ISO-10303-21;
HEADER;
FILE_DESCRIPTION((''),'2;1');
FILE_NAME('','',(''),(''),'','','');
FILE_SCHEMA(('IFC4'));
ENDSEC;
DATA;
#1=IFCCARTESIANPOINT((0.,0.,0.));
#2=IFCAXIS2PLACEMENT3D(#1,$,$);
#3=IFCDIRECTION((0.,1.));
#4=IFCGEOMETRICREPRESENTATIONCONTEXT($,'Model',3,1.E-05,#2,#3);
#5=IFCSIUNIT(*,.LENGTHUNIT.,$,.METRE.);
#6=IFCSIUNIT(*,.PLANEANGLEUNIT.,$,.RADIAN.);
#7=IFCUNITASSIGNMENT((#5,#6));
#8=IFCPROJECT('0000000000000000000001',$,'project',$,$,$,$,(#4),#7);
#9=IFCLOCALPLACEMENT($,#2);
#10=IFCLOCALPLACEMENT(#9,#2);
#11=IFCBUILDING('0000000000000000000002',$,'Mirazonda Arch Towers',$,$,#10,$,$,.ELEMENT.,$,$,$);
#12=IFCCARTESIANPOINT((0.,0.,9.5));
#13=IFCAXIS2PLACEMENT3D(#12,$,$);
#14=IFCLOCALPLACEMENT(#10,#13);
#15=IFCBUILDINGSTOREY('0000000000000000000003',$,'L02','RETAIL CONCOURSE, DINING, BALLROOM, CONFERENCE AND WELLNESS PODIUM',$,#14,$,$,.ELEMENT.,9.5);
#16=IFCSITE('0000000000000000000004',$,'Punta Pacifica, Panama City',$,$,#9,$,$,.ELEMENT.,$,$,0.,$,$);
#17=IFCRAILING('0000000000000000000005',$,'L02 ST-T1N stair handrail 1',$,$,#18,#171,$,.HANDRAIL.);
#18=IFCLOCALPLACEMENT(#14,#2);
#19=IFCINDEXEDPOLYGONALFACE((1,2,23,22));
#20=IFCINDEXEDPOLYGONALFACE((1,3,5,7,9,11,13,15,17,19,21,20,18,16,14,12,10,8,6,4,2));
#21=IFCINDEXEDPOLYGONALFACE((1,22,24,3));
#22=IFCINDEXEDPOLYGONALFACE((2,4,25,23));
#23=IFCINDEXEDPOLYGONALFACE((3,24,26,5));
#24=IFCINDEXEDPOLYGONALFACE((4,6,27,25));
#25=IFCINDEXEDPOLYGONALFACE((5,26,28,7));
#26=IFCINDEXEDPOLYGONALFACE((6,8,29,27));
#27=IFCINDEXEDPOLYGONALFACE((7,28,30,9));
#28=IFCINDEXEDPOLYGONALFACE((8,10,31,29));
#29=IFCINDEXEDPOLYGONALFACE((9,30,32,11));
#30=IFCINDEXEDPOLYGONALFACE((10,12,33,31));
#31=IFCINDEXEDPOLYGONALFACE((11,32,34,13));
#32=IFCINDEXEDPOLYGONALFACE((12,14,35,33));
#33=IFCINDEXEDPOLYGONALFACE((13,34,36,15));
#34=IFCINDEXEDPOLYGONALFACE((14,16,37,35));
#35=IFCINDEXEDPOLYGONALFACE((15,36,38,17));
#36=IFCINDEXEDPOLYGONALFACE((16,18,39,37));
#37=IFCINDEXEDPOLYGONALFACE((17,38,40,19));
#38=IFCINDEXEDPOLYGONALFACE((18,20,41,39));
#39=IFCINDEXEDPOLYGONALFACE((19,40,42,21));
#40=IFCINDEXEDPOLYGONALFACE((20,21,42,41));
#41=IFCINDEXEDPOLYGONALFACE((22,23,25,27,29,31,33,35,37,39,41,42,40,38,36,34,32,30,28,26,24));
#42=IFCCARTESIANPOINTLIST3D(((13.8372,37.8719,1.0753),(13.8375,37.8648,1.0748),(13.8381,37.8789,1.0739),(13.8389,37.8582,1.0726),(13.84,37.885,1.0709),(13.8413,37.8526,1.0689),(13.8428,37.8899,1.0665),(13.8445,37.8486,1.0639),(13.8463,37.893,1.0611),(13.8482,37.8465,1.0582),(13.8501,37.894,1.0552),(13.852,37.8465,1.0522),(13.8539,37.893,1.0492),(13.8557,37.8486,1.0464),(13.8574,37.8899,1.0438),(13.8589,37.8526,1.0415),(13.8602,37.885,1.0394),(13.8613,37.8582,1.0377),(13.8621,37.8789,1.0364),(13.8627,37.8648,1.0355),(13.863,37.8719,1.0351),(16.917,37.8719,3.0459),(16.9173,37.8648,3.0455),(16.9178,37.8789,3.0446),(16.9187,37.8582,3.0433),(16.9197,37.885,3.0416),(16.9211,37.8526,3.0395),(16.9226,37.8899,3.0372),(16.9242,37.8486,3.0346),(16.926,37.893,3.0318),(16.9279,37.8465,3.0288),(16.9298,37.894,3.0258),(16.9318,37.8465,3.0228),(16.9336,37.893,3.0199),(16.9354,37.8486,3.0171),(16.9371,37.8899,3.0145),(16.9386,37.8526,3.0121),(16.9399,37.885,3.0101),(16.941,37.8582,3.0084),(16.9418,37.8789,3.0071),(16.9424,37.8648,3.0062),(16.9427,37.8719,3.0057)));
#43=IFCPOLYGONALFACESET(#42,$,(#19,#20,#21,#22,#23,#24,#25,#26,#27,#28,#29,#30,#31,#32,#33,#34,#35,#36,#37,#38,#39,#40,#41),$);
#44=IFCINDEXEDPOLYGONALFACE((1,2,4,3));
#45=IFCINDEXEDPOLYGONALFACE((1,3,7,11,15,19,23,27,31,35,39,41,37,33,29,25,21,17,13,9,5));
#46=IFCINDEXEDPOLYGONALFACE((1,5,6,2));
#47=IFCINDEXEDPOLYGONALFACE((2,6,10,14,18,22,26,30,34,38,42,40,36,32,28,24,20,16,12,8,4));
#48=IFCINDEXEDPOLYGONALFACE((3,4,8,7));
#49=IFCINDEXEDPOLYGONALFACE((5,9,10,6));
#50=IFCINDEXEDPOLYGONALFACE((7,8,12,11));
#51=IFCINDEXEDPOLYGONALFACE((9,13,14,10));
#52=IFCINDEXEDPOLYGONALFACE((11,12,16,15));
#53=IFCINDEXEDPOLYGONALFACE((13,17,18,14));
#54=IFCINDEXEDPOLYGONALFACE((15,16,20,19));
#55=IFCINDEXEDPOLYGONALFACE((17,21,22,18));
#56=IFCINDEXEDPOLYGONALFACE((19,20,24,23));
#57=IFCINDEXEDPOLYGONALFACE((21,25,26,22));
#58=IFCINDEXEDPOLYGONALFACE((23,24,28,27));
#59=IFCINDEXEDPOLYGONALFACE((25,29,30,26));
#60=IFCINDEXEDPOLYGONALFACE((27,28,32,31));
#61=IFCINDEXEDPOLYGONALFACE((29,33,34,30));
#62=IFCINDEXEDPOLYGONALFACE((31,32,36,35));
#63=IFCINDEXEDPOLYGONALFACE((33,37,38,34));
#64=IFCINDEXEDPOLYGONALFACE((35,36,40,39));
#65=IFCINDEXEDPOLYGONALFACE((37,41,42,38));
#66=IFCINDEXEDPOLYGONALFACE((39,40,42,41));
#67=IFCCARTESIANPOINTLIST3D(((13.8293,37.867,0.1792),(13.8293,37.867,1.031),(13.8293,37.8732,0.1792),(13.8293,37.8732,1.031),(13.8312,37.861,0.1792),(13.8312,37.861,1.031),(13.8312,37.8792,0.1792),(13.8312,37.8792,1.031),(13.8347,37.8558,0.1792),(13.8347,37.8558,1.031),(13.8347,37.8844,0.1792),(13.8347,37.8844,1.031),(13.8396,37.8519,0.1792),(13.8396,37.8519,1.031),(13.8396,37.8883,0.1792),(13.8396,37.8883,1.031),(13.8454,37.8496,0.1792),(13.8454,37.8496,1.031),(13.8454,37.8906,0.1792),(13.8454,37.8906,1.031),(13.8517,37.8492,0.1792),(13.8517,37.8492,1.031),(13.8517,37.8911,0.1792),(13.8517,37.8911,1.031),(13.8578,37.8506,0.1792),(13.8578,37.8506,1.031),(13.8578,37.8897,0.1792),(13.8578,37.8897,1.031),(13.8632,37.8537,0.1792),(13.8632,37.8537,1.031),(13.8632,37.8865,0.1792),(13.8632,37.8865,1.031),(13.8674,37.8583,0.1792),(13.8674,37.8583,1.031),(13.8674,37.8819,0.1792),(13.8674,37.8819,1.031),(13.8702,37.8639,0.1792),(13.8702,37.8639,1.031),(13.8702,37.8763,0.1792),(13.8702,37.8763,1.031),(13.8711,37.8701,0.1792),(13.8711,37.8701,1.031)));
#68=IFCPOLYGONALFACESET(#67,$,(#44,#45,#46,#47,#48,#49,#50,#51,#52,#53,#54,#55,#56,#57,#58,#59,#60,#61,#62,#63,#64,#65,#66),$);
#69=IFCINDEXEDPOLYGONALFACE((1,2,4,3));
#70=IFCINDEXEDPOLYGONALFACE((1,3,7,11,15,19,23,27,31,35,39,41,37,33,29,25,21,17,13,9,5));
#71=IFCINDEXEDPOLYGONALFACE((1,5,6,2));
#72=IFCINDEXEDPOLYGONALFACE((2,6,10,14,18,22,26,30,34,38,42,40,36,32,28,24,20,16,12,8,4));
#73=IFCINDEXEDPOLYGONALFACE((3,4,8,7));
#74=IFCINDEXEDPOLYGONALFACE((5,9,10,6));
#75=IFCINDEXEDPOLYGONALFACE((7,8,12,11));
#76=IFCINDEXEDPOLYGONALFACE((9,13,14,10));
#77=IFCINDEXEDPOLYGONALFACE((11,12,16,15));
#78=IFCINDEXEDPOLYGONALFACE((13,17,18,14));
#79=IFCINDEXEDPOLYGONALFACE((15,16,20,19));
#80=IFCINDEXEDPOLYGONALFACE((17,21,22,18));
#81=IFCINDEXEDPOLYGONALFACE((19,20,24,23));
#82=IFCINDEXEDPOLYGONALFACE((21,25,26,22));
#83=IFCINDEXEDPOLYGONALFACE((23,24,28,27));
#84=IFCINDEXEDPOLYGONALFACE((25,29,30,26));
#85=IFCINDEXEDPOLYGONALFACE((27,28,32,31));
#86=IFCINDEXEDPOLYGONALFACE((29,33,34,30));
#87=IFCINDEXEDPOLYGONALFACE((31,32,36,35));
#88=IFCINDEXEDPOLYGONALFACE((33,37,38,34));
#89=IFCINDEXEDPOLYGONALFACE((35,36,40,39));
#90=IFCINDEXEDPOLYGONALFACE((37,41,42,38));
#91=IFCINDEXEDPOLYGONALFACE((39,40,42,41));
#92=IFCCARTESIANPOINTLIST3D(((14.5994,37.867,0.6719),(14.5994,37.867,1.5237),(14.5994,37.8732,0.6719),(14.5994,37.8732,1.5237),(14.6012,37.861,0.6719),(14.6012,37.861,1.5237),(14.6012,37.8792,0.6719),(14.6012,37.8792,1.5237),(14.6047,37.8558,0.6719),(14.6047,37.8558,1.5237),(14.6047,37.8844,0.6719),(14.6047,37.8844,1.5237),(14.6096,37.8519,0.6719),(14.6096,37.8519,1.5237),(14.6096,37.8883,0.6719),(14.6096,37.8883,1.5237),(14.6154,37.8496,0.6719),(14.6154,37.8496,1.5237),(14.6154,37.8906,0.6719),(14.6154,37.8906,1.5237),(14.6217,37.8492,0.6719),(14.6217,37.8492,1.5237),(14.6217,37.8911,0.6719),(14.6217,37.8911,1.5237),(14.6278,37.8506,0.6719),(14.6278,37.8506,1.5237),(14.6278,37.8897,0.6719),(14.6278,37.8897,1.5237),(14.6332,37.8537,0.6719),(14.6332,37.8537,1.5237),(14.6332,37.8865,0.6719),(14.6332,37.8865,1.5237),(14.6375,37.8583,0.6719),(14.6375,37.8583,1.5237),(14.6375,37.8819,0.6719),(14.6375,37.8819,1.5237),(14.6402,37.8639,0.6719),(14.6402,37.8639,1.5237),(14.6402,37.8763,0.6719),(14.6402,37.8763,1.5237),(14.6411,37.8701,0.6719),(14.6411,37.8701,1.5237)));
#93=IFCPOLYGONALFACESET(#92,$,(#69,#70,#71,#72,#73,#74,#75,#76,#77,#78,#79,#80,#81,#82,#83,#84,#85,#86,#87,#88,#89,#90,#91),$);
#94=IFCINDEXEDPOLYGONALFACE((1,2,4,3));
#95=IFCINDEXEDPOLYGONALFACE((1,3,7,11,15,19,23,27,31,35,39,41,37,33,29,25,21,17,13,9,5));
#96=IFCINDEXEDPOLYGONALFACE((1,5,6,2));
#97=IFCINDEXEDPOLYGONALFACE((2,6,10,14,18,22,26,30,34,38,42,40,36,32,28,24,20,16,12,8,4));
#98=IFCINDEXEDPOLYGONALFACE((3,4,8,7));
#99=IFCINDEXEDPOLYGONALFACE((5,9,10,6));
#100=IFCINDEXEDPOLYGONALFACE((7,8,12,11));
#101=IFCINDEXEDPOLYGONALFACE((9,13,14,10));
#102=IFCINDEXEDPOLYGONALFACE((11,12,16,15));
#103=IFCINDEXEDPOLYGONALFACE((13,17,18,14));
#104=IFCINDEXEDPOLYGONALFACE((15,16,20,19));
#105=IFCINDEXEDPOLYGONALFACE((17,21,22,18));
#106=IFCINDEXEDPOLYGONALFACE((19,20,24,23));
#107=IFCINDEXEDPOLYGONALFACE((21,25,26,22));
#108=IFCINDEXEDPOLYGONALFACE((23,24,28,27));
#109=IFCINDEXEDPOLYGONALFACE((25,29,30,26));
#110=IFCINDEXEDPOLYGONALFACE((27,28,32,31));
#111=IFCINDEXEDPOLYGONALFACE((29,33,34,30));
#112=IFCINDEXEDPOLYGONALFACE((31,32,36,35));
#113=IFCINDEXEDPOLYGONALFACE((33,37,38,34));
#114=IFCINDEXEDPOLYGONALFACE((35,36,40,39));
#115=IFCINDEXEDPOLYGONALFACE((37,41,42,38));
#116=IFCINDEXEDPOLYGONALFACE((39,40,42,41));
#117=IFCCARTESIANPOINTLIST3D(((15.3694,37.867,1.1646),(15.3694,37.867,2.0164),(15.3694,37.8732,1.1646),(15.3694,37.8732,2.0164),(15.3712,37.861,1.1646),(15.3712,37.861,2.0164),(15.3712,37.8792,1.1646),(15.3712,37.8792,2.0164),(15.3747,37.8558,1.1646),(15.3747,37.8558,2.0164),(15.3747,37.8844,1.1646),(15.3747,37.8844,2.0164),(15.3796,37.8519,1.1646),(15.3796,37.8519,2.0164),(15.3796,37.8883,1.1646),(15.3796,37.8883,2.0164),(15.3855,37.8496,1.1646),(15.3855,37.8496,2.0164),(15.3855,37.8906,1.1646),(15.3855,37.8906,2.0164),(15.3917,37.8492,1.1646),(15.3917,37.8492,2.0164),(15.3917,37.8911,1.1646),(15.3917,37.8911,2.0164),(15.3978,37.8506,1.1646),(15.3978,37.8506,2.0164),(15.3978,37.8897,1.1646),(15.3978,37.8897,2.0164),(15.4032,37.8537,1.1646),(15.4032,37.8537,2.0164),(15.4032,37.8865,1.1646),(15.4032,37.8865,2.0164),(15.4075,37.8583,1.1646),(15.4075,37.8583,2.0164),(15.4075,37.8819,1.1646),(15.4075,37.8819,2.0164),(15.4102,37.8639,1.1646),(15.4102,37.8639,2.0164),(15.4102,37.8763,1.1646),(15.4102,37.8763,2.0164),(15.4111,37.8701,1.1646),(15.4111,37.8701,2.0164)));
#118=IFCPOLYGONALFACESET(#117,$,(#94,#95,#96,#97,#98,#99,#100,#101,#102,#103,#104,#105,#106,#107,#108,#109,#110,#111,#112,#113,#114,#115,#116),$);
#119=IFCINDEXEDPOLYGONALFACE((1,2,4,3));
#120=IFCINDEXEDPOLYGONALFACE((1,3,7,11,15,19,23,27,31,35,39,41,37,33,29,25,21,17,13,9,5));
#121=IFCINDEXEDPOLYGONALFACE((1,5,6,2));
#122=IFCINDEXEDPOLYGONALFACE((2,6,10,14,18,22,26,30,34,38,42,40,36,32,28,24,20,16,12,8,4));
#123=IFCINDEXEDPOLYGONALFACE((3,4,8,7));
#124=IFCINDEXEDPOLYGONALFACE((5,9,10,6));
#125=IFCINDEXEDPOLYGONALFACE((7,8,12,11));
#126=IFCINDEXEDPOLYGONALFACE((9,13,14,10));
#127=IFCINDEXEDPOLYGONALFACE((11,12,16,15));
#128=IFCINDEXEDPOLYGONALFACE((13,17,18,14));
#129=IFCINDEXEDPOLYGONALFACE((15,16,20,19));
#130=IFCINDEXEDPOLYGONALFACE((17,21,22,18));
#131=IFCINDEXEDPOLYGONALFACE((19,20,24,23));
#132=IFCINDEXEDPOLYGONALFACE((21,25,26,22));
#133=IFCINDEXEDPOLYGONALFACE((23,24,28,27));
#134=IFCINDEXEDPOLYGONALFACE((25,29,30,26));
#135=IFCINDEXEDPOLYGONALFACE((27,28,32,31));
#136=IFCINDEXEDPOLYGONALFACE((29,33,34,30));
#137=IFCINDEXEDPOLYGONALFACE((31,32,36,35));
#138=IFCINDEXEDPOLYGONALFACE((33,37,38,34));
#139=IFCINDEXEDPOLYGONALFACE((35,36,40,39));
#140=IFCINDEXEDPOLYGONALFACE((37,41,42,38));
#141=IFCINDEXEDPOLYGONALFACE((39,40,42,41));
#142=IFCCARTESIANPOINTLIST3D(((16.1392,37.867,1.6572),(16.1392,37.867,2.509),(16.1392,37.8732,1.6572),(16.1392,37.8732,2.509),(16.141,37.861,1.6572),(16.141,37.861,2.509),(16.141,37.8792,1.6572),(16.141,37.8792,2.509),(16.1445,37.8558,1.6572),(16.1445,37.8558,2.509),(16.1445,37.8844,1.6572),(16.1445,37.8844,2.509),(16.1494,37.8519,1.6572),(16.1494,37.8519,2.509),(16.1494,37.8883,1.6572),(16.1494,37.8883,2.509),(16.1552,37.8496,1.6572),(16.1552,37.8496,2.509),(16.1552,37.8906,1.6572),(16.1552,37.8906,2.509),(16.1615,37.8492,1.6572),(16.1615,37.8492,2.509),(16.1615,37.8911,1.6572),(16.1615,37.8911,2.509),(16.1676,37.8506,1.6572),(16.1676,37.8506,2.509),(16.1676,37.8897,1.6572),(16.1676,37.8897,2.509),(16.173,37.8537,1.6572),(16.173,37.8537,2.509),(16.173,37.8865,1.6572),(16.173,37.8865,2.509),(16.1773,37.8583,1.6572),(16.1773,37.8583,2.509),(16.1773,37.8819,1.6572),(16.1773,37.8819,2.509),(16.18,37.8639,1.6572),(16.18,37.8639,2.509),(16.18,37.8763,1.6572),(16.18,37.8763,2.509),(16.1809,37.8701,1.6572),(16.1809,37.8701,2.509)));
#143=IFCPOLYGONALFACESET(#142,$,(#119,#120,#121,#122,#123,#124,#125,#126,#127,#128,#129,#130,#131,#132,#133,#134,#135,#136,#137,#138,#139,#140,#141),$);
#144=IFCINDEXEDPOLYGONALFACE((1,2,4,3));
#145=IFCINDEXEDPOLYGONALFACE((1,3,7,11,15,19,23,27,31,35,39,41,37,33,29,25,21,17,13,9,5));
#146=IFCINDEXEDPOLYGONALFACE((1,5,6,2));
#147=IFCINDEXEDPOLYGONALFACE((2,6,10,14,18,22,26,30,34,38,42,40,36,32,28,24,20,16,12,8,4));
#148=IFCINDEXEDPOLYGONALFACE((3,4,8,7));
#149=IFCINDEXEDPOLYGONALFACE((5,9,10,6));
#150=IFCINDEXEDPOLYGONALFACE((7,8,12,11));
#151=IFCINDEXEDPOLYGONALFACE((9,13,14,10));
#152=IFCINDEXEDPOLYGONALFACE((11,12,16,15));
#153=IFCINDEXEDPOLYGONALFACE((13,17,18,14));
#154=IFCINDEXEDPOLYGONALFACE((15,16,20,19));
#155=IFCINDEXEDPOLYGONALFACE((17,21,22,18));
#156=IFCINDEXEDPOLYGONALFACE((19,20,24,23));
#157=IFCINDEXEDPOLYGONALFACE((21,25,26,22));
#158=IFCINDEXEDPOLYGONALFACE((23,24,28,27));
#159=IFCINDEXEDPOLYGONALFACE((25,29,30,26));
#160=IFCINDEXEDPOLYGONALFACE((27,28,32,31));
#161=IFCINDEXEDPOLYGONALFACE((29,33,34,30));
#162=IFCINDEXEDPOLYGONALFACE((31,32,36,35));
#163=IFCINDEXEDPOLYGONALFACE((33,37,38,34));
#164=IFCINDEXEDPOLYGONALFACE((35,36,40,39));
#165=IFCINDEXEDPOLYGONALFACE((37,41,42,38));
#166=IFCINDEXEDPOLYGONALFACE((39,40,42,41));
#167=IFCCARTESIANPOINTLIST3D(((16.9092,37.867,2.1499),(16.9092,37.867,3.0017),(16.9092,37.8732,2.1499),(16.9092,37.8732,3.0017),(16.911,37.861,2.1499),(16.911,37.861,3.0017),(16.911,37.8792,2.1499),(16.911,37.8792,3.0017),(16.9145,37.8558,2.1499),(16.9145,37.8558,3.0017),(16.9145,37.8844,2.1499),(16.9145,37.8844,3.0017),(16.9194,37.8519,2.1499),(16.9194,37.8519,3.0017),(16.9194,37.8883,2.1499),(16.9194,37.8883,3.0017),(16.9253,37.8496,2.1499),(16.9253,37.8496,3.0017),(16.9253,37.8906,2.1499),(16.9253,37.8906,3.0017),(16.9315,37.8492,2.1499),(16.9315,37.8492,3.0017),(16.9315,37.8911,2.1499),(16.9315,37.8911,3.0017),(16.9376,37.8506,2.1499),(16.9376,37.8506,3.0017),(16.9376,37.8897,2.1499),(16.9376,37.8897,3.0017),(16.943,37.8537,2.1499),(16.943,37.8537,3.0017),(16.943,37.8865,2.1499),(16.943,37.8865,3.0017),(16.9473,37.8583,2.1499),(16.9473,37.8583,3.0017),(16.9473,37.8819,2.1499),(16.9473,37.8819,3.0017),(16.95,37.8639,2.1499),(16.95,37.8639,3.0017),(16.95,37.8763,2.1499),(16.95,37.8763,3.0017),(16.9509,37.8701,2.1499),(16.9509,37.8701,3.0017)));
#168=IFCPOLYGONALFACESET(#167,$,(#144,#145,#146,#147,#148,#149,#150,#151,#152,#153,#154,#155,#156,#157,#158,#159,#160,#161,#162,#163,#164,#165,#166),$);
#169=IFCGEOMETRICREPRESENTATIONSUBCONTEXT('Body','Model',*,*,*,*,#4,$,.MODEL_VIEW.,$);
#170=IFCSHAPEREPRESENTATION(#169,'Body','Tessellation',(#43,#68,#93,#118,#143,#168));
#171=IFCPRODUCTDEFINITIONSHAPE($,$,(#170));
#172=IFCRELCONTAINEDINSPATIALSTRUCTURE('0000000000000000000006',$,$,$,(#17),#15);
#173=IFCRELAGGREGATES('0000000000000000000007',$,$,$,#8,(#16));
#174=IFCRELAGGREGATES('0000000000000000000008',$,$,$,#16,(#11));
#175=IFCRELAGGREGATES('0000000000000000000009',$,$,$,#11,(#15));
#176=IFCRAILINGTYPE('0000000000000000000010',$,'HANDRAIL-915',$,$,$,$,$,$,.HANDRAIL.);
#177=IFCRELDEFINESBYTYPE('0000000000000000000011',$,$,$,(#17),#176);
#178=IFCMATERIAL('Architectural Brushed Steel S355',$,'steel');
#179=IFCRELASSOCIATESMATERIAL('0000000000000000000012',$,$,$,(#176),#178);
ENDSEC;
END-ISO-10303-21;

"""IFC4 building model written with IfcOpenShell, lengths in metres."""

from ifc_helpers import new_model, si_unit, direction, frame, origin, origin_2d, place, context, subcontext, project, spatial, circle, extrude, material, type_object, element, save


model = new_model("IFC4")

# Units and contexts
model_context = context("Model", 3, precision=1e-05, world=origin(), true_north=direction((0.0, 1.0)))
body_context = subcontext(model_context, "Body", "Model", "MODEL_VIEW")
ifc_project = project(units=[si_unit("LENGTHUNIT", "METRE"), si_unit("PLANEANGLEUNIT", "RADIAN")], contexts=[model_context])

# Site, building, storey
site_placement = place(None, origin())
site = spatial("IfcSite", under=ifc_project, at=site_placement, Name="Punta Pacifica, Panama City", CompositionType="ELEMENT", RefElevation=0.0)
building_placement = place(site_placement, origin())
building = spatial("IfcBuilding", under=site, at=building_placement, Name="Mirazonda Arch Towers", CompositionType="ELEMENT")
storey_placement = place(building_placement, frame((0.0, 0.0, 9.5)))
storey = spatial("IfcBuildingStorey", under=building, at=storey_placement, Name="L02", Description="RETAIL CONCOURSE, DINING, BALLROOM, CONFERENCE AND WELLNESS PODIUM", CompositionType="ELEMENT", Elevation=9.5)

# Shared definitions
ifc_material_1 = material(Name="Architectural Brushed Steel S355", Category="steel")

# Railing
railing_type_1 = type_object("IfcRailingType", Name="HANDRAIL-915", PredefinedType="HANDRAIL", material=ifc_material_1)
railing_1_placement = place(storey_placement, frame((13.8501, 37.8701, 0.1792)))
element("IfcRailing", 1, at=railing_1_placement, inside=storey, type_object=railing_type_1, Name="L02 ST-T1N stair handrail 1", PredefinedType="HANDRAIL", context=body_context, shape_type="SweptSolid", body=[
    extrude(circle(Radius=0.0239, at=origin_2d()), frame((0.0, 0.0, 0.876), z_axis=(0.84232, 0.0, 0.538978), x_axis=(0.0, 1.0, 0.0)), (0.0, 0.0, 1.0), 3.6562),
    extrude(circle(Radius=0.021, at=origin_2d()), origin(), (0.0, 0.0, 1.0), 0.8518),
    extrude(circle(Radius=0.021, at=origin_2d()), frame((0.77, 0.0, 0.4927)), (0.0, 0.0, 1.0), 0.8518),
    extrude(circle(Radius=0.021, at=origin_2d()), frame((1.54, 0.0, 0.9854)), (0.0, 0.0, 1.0), 0.8518),
    extrude(circle(Radius=0.021, at=origin_2d()), frame((2.3098, 0.0, 1.478)), (0.0, 0.0, 1.0), 0.8518),
    extrude(circle(Radius=0.021, at=origin_2d()), frame((3.0798, 0.0, 1.9707)), (0.0, 0.0, 1.0), 0.8518),
])

save(model, "model.ifc")
